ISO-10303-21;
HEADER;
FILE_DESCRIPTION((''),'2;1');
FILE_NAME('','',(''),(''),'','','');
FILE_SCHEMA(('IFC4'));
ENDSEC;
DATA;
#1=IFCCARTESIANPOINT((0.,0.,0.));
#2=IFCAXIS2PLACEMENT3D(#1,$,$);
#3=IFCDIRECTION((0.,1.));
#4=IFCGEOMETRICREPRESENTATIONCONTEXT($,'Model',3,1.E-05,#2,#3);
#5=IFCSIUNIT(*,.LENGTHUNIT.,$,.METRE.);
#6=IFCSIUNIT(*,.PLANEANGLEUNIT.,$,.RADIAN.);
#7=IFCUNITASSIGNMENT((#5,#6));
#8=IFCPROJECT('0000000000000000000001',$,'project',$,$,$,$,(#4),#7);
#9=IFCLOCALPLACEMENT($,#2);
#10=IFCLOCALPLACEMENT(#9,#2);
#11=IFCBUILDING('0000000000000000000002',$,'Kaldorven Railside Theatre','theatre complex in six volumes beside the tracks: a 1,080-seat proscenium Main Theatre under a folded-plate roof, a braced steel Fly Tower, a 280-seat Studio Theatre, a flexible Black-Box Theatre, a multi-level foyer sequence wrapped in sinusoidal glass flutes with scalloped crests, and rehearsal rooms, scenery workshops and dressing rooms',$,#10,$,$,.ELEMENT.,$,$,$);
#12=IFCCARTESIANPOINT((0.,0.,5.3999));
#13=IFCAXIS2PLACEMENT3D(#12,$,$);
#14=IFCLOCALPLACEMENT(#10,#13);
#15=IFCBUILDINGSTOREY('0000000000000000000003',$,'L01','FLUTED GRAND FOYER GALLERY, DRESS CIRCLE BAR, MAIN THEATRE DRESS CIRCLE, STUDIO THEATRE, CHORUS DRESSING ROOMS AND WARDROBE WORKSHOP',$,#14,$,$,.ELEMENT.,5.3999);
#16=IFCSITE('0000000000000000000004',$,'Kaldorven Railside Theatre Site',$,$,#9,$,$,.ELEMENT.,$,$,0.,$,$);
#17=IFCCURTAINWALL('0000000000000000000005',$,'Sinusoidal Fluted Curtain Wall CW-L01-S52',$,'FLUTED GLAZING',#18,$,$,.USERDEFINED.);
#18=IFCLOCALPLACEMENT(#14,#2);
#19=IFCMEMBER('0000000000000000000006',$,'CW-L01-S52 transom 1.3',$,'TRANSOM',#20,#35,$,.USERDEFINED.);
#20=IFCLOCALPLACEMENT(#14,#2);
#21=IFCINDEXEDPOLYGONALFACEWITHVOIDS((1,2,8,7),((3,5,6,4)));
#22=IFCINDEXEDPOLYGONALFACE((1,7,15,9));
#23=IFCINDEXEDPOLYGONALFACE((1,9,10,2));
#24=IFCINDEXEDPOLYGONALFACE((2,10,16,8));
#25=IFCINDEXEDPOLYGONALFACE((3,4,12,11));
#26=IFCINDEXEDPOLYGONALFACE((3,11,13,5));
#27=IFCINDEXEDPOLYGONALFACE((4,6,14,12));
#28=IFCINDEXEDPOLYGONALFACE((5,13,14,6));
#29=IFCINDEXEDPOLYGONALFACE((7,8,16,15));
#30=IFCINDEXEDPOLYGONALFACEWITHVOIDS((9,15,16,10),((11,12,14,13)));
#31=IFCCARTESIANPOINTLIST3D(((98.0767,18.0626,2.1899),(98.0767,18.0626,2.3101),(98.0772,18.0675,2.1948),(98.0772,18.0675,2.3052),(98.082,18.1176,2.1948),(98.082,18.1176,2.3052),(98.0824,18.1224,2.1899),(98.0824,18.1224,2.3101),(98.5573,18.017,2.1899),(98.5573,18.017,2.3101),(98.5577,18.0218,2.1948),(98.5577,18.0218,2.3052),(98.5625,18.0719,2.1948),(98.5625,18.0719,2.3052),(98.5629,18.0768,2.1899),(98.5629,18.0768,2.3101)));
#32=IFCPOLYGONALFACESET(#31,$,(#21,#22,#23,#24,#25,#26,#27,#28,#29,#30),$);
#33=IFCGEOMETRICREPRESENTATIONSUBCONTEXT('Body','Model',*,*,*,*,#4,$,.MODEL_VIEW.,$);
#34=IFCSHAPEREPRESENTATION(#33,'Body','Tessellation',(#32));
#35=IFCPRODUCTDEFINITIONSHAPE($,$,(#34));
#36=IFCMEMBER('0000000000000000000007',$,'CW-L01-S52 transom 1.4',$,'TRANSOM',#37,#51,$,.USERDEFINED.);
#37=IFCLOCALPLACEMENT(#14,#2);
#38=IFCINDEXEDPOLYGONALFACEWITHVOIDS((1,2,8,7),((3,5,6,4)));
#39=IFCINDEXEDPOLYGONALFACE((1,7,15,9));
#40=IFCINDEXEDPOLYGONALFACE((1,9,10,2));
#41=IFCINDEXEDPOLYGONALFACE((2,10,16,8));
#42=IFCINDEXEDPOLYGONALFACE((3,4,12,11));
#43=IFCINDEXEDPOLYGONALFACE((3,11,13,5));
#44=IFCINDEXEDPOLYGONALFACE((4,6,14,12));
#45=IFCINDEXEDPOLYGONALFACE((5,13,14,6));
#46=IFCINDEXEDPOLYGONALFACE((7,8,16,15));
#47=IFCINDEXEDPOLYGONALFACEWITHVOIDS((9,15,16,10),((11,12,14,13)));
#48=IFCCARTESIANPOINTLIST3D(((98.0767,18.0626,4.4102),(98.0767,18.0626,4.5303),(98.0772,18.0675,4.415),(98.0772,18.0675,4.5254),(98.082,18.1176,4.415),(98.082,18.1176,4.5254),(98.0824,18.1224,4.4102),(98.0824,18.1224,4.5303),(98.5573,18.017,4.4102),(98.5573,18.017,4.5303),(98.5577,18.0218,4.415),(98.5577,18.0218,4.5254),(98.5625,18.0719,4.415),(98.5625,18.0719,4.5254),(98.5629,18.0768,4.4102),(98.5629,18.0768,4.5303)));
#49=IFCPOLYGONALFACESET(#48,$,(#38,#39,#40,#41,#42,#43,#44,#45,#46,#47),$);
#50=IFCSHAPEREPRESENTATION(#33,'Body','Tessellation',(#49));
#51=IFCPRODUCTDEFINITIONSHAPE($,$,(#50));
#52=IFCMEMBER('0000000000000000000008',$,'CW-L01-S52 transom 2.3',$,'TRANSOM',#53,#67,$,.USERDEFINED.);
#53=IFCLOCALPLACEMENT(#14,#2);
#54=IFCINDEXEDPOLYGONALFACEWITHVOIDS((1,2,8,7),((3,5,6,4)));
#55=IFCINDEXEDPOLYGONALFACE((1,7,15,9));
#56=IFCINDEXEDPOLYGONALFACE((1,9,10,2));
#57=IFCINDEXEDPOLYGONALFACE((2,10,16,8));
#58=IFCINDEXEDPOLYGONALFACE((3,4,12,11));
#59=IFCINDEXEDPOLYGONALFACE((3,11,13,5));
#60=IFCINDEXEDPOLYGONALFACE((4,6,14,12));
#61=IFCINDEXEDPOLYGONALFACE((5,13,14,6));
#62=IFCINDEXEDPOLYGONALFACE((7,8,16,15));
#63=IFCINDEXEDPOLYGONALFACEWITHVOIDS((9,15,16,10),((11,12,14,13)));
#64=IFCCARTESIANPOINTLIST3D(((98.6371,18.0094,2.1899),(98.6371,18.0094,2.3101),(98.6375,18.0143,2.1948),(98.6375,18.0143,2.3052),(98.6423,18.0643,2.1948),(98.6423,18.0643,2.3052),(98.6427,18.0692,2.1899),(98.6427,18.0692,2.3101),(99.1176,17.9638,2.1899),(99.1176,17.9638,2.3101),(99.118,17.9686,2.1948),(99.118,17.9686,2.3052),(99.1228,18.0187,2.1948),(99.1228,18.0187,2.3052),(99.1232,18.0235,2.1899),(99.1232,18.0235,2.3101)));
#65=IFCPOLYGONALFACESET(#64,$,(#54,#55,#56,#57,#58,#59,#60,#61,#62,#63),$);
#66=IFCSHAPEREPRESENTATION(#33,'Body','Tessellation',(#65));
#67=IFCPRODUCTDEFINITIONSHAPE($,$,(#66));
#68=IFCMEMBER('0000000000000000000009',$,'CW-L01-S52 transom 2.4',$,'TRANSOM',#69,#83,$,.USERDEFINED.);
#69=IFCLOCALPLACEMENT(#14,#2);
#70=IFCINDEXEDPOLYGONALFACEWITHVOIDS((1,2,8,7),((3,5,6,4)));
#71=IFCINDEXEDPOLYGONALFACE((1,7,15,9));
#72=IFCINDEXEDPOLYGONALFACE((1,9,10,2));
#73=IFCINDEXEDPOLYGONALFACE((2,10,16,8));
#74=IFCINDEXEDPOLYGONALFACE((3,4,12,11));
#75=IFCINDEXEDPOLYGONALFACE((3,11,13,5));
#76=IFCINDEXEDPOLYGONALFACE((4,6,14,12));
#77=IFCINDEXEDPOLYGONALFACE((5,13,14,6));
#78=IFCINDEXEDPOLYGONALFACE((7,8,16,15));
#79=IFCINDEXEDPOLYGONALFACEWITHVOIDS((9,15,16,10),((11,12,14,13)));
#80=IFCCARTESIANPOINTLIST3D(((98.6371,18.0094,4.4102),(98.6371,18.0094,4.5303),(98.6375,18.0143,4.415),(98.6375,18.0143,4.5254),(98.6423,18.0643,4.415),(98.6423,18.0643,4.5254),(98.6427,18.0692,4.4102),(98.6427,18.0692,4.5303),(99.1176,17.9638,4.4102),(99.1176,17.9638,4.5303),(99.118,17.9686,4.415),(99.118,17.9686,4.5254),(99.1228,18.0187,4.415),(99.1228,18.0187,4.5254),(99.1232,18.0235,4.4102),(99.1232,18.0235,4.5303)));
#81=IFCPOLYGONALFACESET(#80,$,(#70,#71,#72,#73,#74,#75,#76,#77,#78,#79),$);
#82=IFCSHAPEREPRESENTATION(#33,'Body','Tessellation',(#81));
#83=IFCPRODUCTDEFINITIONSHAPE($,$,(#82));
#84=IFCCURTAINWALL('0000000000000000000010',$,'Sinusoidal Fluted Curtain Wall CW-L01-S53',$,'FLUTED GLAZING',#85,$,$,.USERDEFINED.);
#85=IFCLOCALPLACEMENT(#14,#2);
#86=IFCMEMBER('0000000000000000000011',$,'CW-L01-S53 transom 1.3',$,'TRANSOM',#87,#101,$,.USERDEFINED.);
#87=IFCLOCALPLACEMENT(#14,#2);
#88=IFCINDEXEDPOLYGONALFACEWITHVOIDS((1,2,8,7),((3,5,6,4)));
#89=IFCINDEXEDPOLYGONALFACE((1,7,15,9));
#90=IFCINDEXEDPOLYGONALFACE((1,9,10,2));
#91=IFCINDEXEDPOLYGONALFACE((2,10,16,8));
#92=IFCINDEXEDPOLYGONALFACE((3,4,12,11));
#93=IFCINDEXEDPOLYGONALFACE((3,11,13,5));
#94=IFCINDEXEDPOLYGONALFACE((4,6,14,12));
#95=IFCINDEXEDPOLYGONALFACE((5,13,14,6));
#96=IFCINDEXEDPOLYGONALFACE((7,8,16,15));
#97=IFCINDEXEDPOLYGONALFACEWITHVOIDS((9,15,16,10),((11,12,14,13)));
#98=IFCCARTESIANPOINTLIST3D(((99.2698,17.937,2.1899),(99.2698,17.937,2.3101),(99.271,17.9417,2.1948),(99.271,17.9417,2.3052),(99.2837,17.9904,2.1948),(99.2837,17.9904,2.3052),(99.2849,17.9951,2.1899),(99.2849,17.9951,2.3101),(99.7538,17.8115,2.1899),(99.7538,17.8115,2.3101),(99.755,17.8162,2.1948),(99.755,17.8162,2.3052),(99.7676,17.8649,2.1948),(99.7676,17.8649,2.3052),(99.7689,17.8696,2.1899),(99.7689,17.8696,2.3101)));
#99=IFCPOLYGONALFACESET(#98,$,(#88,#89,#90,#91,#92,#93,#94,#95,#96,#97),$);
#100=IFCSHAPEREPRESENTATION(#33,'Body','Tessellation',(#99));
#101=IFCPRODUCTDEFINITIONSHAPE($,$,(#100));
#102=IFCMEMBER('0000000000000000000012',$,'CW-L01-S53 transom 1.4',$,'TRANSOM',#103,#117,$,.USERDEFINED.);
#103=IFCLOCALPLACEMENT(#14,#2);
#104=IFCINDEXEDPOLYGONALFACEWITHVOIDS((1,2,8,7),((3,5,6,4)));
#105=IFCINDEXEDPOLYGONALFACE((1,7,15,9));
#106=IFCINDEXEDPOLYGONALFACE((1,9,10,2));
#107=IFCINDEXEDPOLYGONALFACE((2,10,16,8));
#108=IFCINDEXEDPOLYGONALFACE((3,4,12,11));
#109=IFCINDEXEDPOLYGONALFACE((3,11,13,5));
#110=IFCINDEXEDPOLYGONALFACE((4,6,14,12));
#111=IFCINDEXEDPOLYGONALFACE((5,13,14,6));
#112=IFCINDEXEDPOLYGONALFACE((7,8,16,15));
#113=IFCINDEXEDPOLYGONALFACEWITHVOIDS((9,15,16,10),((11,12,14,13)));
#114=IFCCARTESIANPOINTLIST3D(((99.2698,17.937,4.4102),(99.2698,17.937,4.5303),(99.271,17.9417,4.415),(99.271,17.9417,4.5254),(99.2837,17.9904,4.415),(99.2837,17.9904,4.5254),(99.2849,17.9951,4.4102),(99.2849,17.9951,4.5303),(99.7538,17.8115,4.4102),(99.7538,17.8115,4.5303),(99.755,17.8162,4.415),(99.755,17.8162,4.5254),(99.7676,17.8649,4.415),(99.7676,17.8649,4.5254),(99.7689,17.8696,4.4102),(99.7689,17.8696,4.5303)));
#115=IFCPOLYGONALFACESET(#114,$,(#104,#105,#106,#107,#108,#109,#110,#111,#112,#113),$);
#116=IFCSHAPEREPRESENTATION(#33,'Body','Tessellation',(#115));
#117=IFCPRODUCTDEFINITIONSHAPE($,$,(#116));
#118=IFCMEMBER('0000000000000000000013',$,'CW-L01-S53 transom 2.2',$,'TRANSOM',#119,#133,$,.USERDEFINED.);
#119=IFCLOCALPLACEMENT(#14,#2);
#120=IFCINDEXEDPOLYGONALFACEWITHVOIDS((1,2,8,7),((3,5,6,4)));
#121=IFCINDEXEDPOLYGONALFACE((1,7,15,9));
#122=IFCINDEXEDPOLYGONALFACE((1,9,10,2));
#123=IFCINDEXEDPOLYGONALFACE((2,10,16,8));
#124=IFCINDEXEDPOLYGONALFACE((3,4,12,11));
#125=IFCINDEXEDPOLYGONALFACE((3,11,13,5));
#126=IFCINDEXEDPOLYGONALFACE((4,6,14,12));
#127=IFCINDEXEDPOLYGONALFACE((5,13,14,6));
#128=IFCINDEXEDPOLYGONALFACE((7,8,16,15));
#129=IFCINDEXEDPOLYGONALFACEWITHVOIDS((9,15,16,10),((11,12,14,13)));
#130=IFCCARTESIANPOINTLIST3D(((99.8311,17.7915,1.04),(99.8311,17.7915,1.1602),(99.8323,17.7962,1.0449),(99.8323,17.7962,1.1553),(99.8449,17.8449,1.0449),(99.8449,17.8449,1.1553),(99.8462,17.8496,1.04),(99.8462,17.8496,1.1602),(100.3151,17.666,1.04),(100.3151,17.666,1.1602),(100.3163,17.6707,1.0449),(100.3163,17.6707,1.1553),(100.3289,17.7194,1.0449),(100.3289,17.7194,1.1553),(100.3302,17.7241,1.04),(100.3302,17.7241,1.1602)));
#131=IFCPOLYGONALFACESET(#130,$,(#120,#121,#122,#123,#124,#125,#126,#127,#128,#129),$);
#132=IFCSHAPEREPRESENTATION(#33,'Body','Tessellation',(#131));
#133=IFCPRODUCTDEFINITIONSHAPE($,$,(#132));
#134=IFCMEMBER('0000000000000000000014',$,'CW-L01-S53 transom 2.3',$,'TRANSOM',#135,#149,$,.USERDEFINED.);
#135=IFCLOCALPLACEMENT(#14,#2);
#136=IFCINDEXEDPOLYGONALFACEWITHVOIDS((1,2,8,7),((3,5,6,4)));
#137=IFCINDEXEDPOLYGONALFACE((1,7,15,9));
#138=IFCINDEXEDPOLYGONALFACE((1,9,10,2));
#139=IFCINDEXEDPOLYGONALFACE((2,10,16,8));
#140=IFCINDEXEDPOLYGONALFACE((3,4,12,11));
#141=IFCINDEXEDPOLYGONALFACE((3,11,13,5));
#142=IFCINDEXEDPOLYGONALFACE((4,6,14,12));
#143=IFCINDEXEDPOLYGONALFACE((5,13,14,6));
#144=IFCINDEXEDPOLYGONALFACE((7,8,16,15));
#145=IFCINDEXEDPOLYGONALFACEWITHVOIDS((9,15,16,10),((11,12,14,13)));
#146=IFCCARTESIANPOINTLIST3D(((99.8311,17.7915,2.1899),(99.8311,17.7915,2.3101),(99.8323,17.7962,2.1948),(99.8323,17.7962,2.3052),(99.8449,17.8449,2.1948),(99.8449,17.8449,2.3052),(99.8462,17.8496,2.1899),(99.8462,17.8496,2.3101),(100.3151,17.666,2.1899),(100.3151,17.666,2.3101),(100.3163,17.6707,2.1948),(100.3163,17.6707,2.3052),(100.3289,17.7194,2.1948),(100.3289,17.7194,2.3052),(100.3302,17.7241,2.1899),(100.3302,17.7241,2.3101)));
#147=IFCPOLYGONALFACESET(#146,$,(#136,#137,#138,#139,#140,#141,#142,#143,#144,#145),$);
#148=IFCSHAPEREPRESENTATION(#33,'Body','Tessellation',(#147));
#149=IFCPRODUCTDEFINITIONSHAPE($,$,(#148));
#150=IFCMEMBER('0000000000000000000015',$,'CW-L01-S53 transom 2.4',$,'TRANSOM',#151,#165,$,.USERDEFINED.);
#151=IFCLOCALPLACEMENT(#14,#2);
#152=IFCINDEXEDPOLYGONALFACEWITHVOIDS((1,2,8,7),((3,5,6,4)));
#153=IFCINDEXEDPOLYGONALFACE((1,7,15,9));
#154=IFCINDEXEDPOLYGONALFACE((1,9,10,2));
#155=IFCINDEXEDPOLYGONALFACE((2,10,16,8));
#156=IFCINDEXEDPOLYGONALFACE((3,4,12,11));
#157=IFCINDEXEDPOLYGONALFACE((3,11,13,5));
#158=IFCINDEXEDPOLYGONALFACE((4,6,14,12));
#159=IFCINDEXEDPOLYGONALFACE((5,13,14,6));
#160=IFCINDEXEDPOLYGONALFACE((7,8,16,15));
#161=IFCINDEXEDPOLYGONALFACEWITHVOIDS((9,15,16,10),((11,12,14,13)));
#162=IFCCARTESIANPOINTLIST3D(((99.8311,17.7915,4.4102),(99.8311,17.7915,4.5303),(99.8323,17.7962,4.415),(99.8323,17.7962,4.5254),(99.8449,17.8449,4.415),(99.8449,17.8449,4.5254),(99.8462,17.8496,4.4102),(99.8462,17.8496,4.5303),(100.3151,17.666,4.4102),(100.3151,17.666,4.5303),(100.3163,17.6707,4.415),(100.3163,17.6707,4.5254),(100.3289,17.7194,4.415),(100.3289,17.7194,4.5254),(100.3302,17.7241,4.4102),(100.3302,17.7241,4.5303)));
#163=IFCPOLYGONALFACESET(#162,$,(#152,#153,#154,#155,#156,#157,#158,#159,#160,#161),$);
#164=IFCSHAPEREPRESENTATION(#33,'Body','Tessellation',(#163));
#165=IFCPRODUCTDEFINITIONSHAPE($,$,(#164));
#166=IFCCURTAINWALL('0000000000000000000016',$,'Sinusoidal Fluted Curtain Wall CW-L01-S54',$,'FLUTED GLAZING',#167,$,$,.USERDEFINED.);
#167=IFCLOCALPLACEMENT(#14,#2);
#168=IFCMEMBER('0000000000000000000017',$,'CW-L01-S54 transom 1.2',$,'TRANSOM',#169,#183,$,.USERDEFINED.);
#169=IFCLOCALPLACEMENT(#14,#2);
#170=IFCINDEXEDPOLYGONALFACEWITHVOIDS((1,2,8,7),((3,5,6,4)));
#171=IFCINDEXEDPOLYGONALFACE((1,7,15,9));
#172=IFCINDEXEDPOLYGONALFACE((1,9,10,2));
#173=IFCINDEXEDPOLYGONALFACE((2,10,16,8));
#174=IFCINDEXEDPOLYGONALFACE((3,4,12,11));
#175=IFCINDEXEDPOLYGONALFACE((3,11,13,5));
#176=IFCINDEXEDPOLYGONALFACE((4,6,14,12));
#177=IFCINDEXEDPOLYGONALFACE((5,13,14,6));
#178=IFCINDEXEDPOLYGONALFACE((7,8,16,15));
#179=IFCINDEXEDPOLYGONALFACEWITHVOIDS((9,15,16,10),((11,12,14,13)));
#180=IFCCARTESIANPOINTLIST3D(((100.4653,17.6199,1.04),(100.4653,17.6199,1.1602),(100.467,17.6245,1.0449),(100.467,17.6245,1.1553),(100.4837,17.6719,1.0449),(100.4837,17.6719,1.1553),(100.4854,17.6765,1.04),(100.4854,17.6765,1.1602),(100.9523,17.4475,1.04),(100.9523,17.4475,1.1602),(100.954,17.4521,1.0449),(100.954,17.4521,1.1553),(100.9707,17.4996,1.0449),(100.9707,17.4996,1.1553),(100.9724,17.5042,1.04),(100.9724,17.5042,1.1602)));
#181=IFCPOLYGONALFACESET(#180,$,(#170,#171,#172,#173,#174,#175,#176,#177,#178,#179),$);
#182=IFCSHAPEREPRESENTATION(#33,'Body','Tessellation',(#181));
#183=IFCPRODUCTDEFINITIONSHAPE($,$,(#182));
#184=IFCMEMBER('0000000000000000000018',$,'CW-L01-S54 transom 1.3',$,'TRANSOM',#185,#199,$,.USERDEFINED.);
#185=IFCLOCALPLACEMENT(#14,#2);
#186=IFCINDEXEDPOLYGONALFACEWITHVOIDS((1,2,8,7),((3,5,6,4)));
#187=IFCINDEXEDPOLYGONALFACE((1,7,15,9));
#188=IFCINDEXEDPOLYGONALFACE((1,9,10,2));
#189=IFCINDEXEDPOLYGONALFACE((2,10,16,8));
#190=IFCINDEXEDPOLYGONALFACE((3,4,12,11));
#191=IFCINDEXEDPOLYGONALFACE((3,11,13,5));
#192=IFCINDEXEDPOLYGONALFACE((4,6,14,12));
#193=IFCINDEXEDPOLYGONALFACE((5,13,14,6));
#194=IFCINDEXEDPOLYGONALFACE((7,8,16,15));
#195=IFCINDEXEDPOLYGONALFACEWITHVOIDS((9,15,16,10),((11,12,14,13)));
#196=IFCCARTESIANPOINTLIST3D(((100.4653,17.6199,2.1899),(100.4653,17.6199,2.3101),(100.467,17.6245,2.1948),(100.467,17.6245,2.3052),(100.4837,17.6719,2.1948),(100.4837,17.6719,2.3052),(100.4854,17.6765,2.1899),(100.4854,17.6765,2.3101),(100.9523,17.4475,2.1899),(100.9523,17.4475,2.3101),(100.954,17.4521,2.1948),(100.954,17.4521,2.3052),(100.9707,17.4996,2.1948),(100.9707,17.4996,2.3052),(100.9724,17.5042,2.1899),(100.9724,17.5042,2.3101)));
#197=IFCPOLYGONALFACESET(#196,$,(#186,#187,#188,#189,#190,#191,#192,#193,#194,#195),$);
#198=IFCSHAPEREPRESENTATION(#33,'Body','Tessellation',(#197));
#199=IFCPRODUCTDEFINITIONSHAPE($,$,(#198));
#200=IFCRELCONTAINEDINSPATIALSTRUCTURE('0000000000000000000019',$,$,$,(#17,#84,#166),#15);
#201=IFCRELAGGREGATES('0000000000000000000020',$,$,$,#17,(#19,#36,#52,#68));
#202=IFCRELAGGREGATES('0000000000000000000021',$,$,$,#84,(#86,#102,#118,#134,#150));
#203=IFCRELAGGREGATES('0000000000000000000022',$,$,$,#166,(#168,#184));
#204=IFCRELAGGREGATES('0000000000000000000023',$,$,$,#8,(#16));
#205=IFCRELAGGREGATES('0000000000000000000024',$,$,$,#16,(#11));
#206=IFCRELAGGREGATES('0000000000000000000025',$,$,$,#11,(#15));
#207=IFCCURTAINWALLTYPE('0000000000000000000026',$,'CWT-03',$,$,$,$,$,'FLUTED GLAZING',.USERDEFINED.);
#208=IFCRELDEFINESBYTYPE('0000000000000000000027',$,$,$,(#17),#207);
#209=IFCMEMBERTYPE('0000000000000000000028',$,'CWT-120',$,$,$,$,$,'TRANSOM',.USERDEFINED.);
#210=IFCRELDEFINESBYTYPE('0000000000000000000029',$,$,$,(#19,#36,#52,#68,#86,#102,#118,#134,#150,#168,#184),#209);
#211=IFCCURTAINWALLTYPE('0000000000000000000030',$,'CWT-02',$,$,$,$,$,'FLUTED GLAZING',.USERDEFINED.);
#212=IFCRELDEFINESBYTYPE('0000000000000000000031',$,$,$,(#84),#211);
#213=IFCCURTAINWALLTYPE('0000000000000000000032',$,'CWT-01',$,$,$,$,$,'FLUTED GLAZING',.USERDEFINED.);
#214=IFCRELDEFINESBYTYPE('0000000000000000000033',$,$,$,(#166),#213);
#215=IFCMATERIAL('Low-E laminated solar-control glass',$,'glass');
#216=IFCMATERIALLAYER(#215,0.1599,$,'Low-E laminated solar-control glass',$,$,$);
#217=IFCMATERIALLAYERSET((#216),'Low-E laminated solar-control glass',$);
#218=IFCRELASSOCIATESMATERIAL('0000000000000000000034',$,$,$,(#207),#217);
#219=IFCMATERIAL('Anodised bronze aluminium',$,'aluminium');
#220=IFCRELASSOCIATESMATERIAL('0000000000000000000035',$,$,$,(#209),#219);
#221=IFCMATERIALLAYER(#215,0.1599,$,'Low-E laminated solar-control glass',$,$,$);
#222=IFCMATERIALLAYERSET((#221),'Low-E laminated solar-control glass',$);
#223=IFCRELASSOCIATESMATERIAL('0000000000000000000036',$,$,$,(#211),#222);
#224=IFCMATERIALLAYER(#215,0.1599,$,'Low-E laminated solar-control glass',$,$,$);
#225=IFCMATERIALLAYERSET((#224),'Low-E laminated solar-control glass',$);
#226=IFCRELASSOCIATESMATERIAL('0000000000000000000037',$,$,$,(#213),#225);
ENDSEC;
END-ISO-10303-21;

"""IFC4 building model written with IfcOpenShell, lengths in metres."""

from ifc_helpers import new_model, si_unit, direction, frame, origin, origin_2d, place, context, subcontext, project, spatial, hollow_rectangle, extrude, material, layer, layer_set, material_profile, profile_set, type_object, element, aggregate, save


model = new_model("IFC4")

# Units and contexts
model_context = context("Model", 3, precision=1e-05, world=origin(), true_north=direction((0.0, 1.0)))
body_context = subcontext(model_context, "Body", "Model", "MODEL_VIEW")
ifc_project = project(units=[si_unit("LENGTHUNIT", "METRE"), si_unit("PLANEANGLEUNIT", "RADIAN")], contexts=[model_context])

# Site, building, storey
site_placement = place(None, origin())
site = spatial("IfcSite", under=ifc_project, at=site_placement, Name="Kaldorven Railside Theatre Site", CompositionType="ELEMENT", RefElevation=0.0)
building_placement = place(site_placement, origin())
building = spatial("IfcBuilding", under=site, at=building_placement, Name="Kaldorven Railside Theatre", Description="theatre complex in six volumes beside the tracks: a 1,080-seat proscenium Main Theatre under a folded-plate roof, a braced steel Fly Tower, a 280-seat Studio Theatre, a flexible Black-Box Theatre, a multi-level foyer sequence wrapped in sinusoidal glass flutes with scalloped crests, and rehearsal rooms, scenery workshops and dressing rooms", CompositionType="ELEMENT")
storey_placement = place(building_placement, frame((0.0, 0.0, 5.3999)))
storey = spatial("IfcBuildingStorey", under=building, at=storey_placement, Name="L01", Description="FLUTED GRAND FOYER GALLERY, DRESS CIRCLE BAR, MAIN THEATRE DRESS CIRCLE, STUDIO THEATRE, CHORUS DRESSING ROOMS AND WARDROBE WORKSHOP", CompositionType="ELEMENT", Elevation=5.3999)

# Curtain walls, members
ifc_material_1 = material(Name="Low-E laminated solar-control glass", Category="glass")
ifc_layer_1 = layer(ifc_material_1, 0.1599, Name="Low-E laminated solar-control glass")
ifc_layer_set_1 = layer_set([ifc_layer_1], Name="Low-E laminated solar-control glass")
curtain_wall_type_1 = type_object("IfcCurtainWallType", Name="CWT-03", ElementType="FLUTED GLAZING", PredefinedType="USERDEFINED", material=ifc_layer_set_1)
curtain_wall_1_placement = place(storey_placement, origin())
curtain_wall_1 = element("IfcCurtainWall", 1, at=curtain_wall_1_placement, inside=storey, type_object=curtain_wall_type_1, Name="Sinusoidal Fluted Curtain Wall CW-L01-S52", ObjectType="FLUTED GLAZING", PredefinedType="USERDEFINED")
ifc_material_2 = material(Name="Anodised bronze aluminium", Category="aluminium")
ifc_material_profile = material_profile(ifc_material_2, hollow_rectangle(XDim=0.0601, YDim=0.1201, WallThickness=0.0049, at=origin_2d()), Name="RHS 120x60x5")
ifc_profile_set = profile_set([ifc_material_profile], Name="Anodised bronze aluminium")
member_type = type_object("IfcMemberType", Name="CWT-120", ElementType="TRANSOM", PredefinedType="USERDEFINED", material=ifc_profile_set)
member_1_placement = place(storey_placement, frame((98.0796, 18.0925, 2.25), z_axis=(0.995516, -0.094594, 0.0), x_axis=(0.094594, 0.995516, 0.0)))
member_1 = element("IfcMember", 2, at=member_1_placement, type_object=member_type, Name="CW-L01-S52 transom 1.3", ObjectType="TRANSOM", PredefinedType="USERDEFINED", context=body_context, shape_type="SweptSolid", body=[
    extrude(hollow_rectangle(XDim=0.0601, YDim=0.1201, WallThickness=0.0049, at=origin_2d()), origin(), (0.0, 0.0, 1.0), 0.4827),
])
member_2_placement = place(storey_placement, frame((98.0796, 18.0925, 4.4702), z_axis=(0.995516, -0.094594, 0.0), x_axis=(0.094594, 0.995516, 0.0)))
member_2 = element("IfcMember", 3, at=member_2_placement, type_object=member_type, Name="CW-L01-S52 transom 1.4", ObjectType="TRANSOM", PredefinedType="USERDEFINED", context=body_context, shape_type="SweptSolid", body=[
    extrude(hollow_rectangle(XDim=0.0601, YDim=0.1201, WallThickness=0.0049, at=origin_2d()), origin(), (0.0, 0.0, 1.0), 0.4827),
])
member_3_placement = place(storey_placement, frame((98.6399, 18.0393, 2.25), z_axis=(0.995516, -0.094594, 0.0), x_axis=(0.094594, 0.995516, 0.0)))
member_3 = element("IfcMember", 4, at=member_3_placement, type_object=member_type, Name="CW-L01-S52 transom 2.3", ObjectType="TRANSOM", PredefinedType="USERDEFINED", context=body_context, shape_type="SweptSolid", body=[
    extrude(hollow_rectangle(XDim=0.0601, YDim=0.1201, WallThickness=0.0049, at=origin_2d()), origin(), (0.0, 0.0, 1.0), 0.4827),
])
member_4_placement = place(storey_placement, frame((98.6399, 18.0393, 4.4702), z_axis=(0.995516, -0.094594, 0.0), x_axis=(0.094594, 0.995516, 0.0)))
member_4 = element("IfcMember", 5, at=member_4_placement, type_object=member_type, Name="CW-L01-S52 transom 2.4", ObjectType="TRANSOM", PredefinedType="USERDEFINED", context=body_context, shape_type="SweptSolid", body=[
    extrude(hollow_rectangle(XDim=0.0601, YDim=0.1201, WallThickness=0.0049, at=origin_2d()), origin(), (0.0, 0.0, 1.0), 0.4827),
])
ifc_layer_2 = layer(ifc_material_1, 0.1599, Name="Low-E laminated solar-control glass")
ifc_layer_set_2 = layer_set([ifc_layer_2], Name="Low-E laminated solar-control glass")
curtain_wall_type_2 = type_object("IfcCurtainWallType", Name="CWT-02", ElementType="FLUTED GLAZING", PredefinedType="USERDEFINED", material=ifc_layer_set_2)
curtain_wall_2_placement = place(storey_placement, origin())
curtain_wall_2 = element("IfcCurtainWall", 6, at=curtain_wall_2_placement, inside=storey, type_object=curtain_wall_type_2, Name="Sinusoidal Fluted Curtain Wall CW-L01-S53", ObjectType="FLUTED GLAZING", PredefinedType="USERDEFINED")
member_5_placement = place(storey_placement, frame((99.2773, 17.9661, 2.25), z_axis=(0.967979, -0.25103, 0.0), x_axis=(0.25103, 0.967979, 0.0)))
member_5 = element("IfcMember", 7, at=member_5_placement, type_object=member_type, Name="CW-L01-S53 transom 1.3", ObjectType="TRANSOM", PredefinedType="USERDEFINED", context=body_context, shape_type="SweptSolid", body=[
    extrude(hollow_rectangle(XDim=0.0601, YDim=0.1201, WallThickness=0.0049, at=origin_2d()), origin(), (0.0, 0.0, 1.0), 0.5),
])
member_6_placement = place(storey_placement, frame((99.2773, 17.9661, 4.4702), z_axis=(0.967979, -0.25103, 0.0), x_axis=(0.25103, 0.967979, 0.0)))
member_6 = element("IfcMember", 8, at=member_6_placement, type_object=member_type, Name="CW-L01-S53 transom 1.4", ObjectType="TRANSOM", PredefinedType="USERDEFINED", context=body_context, shape_type="SweptSolid", body=[
    extrude(hollow_rectangle(XDim=0.0601, YDim=0.1201, WallThickness=0.0049, at=origin_2d()), origin(), (0.0, 0.0, 1.0), 0.5),
])
member_7_placement = place(storey_placement, frame((99.8386, 17.8206, 1.1001), z_axis=(0.967979, -0.25103, 0.0), x_axis=(0.25103, 0.967979, 0.0)))
member_7 = element("IfcMember", 9, at=member_7_placement, type_object=member_type, Name="CW-L01-S53 transom 2.2", ObjectType="TRANSOM", PredefinedType="USERDEFINED", context=body_context, shape_type="SweptSolid", body=[
    extrude(hollow_rectangle(XDim=0.0601, YDim=0.1201, WallThickness=0.0049, at=origin_2d()), origin(), (0.0, 0.0, 1.0), 0.5),
])
member_8_placement = place(storey_placement, frame((99.8386, 17.8206, 2.25), z_axis=(0.967979, -0.25103, 0.0), x_axis=(0.25103, 0.967979, 0.0)))
member_8 = element("IfcMember", 10, at=member_8_placement, type_object=member_type, Name="CW-L01-S53 transom 2.3", ObjectType="TRANSOM", PredefinedType="USERDEFINED", context=body_context, shape_type="SweptSolid", body=[
    extrude(hollow_rectangle(XDim=0.0601, YDim=0.1201, WallThickness=0.0049, at=origin_2d()), origin(), (0.0, 0.0, 1.0), 0.5),
])
member_9_placement = place(storey_placement, frame((99.8386, 17.8206, 4.4702), z_axis=(0.967979, -0.25103, 0.0), x_axis=(0.25103, 0.967979, 0.0)))
member_9 = element("IfcMember", 11, at=member_9_placement, type_object=member_type, Name="CW-L01-S53 transom 2.4", ObjectType="TRANSOM", PredefinedType="USERDEFINED", context=body_context, shape_type="SweptSolid", body=[
    extrude(hollow_rectangle(XDim=0.0601, YDim=0.1201, WallThickness=0.0049, at=origin_2d()), origin(), (0.0, 0.0, 1.0), 0.5),
])
ifc_layer_3 = layer(ifc_material_1, 0.1599, Name="Low-E laminated solar-control glass")
ifc_layer_set_3 = layer_set([ifc_layer_3], Name="Low-E laminated solar-control glass")
curtain_wall_type_3 = type_object("IfcCurtainWallType", Name="CWT-01", ElementType="FLUTED GLAZING", PredefinedType="USERDEFINED", material=ifc_layer_set_3)
curtain_wall_3_placement = place(storey_placement, origin())
curtain_wall_3 = element("IfcCurtainWall", 12, at=curtain_wall_3_placement, inside=storey, type_object=curtain_wall_type_3, Name="Sinusoidal Fluted Curtain Wall CW-L01-S54", ObjectType="FLUTED GLAZING", PredefinedType="USERDEFINED")
member_10_placement = place(storey_placement, frame((100.4753, 17.6482, 1.1001), z_axis=(0.942711, -0.333611, 0.0), x_axis=(0.333611, 0.942711, 0.0)))
member_10 = element("IfcMember", 13, at=member_10_placement, type_object=member_type, Name="CW-L01-S54 transom 1.2", ObjectType="TRANSOM", PredefinedType="USERDEFINED", context=body_context, shape_type="SweptSolid", body=[
    extrude(hollow_rectangle(XDim=0.0601, YDim=0.1201, WallThickness=0.0049, at=origin_2d()), origin(), (0.0, 0.0, 1.0), 0.5166),
])
member_11_placement = place(storey_placement, frame((100.4753, 17.6482, 2.25), z_axis=(0.942711, -0.333611, 0.0), x_axis=(0.333611, 0.942711, 0.0)))
member_11 = element("IfcMember", 14, at=member_11_placement, type_object=member_type, Name="CW-L01-S54 transom 1.3", ObjectType="TRANSOM", PredefinedType="USERDEFINED", context=body_context, shape_type="SweptSolid", body=[
    extrude(hollow_rectangle(XDim=0.0601, YDim=0.1201, WallThickness=0.0049, at=origin_2d()), origin(), (0.0, 0.0, 1.0), 0.5166),
])

aggregate(curtain_wall_1, [member_1, member_2, member_3, member_4])
aggregate(curtain_wall_2, [member_5, member_6, member_7, member_8, member_9])
aggregate(curtain_wall_3, [member_10, member_11])

save(model, "model.ifc")
